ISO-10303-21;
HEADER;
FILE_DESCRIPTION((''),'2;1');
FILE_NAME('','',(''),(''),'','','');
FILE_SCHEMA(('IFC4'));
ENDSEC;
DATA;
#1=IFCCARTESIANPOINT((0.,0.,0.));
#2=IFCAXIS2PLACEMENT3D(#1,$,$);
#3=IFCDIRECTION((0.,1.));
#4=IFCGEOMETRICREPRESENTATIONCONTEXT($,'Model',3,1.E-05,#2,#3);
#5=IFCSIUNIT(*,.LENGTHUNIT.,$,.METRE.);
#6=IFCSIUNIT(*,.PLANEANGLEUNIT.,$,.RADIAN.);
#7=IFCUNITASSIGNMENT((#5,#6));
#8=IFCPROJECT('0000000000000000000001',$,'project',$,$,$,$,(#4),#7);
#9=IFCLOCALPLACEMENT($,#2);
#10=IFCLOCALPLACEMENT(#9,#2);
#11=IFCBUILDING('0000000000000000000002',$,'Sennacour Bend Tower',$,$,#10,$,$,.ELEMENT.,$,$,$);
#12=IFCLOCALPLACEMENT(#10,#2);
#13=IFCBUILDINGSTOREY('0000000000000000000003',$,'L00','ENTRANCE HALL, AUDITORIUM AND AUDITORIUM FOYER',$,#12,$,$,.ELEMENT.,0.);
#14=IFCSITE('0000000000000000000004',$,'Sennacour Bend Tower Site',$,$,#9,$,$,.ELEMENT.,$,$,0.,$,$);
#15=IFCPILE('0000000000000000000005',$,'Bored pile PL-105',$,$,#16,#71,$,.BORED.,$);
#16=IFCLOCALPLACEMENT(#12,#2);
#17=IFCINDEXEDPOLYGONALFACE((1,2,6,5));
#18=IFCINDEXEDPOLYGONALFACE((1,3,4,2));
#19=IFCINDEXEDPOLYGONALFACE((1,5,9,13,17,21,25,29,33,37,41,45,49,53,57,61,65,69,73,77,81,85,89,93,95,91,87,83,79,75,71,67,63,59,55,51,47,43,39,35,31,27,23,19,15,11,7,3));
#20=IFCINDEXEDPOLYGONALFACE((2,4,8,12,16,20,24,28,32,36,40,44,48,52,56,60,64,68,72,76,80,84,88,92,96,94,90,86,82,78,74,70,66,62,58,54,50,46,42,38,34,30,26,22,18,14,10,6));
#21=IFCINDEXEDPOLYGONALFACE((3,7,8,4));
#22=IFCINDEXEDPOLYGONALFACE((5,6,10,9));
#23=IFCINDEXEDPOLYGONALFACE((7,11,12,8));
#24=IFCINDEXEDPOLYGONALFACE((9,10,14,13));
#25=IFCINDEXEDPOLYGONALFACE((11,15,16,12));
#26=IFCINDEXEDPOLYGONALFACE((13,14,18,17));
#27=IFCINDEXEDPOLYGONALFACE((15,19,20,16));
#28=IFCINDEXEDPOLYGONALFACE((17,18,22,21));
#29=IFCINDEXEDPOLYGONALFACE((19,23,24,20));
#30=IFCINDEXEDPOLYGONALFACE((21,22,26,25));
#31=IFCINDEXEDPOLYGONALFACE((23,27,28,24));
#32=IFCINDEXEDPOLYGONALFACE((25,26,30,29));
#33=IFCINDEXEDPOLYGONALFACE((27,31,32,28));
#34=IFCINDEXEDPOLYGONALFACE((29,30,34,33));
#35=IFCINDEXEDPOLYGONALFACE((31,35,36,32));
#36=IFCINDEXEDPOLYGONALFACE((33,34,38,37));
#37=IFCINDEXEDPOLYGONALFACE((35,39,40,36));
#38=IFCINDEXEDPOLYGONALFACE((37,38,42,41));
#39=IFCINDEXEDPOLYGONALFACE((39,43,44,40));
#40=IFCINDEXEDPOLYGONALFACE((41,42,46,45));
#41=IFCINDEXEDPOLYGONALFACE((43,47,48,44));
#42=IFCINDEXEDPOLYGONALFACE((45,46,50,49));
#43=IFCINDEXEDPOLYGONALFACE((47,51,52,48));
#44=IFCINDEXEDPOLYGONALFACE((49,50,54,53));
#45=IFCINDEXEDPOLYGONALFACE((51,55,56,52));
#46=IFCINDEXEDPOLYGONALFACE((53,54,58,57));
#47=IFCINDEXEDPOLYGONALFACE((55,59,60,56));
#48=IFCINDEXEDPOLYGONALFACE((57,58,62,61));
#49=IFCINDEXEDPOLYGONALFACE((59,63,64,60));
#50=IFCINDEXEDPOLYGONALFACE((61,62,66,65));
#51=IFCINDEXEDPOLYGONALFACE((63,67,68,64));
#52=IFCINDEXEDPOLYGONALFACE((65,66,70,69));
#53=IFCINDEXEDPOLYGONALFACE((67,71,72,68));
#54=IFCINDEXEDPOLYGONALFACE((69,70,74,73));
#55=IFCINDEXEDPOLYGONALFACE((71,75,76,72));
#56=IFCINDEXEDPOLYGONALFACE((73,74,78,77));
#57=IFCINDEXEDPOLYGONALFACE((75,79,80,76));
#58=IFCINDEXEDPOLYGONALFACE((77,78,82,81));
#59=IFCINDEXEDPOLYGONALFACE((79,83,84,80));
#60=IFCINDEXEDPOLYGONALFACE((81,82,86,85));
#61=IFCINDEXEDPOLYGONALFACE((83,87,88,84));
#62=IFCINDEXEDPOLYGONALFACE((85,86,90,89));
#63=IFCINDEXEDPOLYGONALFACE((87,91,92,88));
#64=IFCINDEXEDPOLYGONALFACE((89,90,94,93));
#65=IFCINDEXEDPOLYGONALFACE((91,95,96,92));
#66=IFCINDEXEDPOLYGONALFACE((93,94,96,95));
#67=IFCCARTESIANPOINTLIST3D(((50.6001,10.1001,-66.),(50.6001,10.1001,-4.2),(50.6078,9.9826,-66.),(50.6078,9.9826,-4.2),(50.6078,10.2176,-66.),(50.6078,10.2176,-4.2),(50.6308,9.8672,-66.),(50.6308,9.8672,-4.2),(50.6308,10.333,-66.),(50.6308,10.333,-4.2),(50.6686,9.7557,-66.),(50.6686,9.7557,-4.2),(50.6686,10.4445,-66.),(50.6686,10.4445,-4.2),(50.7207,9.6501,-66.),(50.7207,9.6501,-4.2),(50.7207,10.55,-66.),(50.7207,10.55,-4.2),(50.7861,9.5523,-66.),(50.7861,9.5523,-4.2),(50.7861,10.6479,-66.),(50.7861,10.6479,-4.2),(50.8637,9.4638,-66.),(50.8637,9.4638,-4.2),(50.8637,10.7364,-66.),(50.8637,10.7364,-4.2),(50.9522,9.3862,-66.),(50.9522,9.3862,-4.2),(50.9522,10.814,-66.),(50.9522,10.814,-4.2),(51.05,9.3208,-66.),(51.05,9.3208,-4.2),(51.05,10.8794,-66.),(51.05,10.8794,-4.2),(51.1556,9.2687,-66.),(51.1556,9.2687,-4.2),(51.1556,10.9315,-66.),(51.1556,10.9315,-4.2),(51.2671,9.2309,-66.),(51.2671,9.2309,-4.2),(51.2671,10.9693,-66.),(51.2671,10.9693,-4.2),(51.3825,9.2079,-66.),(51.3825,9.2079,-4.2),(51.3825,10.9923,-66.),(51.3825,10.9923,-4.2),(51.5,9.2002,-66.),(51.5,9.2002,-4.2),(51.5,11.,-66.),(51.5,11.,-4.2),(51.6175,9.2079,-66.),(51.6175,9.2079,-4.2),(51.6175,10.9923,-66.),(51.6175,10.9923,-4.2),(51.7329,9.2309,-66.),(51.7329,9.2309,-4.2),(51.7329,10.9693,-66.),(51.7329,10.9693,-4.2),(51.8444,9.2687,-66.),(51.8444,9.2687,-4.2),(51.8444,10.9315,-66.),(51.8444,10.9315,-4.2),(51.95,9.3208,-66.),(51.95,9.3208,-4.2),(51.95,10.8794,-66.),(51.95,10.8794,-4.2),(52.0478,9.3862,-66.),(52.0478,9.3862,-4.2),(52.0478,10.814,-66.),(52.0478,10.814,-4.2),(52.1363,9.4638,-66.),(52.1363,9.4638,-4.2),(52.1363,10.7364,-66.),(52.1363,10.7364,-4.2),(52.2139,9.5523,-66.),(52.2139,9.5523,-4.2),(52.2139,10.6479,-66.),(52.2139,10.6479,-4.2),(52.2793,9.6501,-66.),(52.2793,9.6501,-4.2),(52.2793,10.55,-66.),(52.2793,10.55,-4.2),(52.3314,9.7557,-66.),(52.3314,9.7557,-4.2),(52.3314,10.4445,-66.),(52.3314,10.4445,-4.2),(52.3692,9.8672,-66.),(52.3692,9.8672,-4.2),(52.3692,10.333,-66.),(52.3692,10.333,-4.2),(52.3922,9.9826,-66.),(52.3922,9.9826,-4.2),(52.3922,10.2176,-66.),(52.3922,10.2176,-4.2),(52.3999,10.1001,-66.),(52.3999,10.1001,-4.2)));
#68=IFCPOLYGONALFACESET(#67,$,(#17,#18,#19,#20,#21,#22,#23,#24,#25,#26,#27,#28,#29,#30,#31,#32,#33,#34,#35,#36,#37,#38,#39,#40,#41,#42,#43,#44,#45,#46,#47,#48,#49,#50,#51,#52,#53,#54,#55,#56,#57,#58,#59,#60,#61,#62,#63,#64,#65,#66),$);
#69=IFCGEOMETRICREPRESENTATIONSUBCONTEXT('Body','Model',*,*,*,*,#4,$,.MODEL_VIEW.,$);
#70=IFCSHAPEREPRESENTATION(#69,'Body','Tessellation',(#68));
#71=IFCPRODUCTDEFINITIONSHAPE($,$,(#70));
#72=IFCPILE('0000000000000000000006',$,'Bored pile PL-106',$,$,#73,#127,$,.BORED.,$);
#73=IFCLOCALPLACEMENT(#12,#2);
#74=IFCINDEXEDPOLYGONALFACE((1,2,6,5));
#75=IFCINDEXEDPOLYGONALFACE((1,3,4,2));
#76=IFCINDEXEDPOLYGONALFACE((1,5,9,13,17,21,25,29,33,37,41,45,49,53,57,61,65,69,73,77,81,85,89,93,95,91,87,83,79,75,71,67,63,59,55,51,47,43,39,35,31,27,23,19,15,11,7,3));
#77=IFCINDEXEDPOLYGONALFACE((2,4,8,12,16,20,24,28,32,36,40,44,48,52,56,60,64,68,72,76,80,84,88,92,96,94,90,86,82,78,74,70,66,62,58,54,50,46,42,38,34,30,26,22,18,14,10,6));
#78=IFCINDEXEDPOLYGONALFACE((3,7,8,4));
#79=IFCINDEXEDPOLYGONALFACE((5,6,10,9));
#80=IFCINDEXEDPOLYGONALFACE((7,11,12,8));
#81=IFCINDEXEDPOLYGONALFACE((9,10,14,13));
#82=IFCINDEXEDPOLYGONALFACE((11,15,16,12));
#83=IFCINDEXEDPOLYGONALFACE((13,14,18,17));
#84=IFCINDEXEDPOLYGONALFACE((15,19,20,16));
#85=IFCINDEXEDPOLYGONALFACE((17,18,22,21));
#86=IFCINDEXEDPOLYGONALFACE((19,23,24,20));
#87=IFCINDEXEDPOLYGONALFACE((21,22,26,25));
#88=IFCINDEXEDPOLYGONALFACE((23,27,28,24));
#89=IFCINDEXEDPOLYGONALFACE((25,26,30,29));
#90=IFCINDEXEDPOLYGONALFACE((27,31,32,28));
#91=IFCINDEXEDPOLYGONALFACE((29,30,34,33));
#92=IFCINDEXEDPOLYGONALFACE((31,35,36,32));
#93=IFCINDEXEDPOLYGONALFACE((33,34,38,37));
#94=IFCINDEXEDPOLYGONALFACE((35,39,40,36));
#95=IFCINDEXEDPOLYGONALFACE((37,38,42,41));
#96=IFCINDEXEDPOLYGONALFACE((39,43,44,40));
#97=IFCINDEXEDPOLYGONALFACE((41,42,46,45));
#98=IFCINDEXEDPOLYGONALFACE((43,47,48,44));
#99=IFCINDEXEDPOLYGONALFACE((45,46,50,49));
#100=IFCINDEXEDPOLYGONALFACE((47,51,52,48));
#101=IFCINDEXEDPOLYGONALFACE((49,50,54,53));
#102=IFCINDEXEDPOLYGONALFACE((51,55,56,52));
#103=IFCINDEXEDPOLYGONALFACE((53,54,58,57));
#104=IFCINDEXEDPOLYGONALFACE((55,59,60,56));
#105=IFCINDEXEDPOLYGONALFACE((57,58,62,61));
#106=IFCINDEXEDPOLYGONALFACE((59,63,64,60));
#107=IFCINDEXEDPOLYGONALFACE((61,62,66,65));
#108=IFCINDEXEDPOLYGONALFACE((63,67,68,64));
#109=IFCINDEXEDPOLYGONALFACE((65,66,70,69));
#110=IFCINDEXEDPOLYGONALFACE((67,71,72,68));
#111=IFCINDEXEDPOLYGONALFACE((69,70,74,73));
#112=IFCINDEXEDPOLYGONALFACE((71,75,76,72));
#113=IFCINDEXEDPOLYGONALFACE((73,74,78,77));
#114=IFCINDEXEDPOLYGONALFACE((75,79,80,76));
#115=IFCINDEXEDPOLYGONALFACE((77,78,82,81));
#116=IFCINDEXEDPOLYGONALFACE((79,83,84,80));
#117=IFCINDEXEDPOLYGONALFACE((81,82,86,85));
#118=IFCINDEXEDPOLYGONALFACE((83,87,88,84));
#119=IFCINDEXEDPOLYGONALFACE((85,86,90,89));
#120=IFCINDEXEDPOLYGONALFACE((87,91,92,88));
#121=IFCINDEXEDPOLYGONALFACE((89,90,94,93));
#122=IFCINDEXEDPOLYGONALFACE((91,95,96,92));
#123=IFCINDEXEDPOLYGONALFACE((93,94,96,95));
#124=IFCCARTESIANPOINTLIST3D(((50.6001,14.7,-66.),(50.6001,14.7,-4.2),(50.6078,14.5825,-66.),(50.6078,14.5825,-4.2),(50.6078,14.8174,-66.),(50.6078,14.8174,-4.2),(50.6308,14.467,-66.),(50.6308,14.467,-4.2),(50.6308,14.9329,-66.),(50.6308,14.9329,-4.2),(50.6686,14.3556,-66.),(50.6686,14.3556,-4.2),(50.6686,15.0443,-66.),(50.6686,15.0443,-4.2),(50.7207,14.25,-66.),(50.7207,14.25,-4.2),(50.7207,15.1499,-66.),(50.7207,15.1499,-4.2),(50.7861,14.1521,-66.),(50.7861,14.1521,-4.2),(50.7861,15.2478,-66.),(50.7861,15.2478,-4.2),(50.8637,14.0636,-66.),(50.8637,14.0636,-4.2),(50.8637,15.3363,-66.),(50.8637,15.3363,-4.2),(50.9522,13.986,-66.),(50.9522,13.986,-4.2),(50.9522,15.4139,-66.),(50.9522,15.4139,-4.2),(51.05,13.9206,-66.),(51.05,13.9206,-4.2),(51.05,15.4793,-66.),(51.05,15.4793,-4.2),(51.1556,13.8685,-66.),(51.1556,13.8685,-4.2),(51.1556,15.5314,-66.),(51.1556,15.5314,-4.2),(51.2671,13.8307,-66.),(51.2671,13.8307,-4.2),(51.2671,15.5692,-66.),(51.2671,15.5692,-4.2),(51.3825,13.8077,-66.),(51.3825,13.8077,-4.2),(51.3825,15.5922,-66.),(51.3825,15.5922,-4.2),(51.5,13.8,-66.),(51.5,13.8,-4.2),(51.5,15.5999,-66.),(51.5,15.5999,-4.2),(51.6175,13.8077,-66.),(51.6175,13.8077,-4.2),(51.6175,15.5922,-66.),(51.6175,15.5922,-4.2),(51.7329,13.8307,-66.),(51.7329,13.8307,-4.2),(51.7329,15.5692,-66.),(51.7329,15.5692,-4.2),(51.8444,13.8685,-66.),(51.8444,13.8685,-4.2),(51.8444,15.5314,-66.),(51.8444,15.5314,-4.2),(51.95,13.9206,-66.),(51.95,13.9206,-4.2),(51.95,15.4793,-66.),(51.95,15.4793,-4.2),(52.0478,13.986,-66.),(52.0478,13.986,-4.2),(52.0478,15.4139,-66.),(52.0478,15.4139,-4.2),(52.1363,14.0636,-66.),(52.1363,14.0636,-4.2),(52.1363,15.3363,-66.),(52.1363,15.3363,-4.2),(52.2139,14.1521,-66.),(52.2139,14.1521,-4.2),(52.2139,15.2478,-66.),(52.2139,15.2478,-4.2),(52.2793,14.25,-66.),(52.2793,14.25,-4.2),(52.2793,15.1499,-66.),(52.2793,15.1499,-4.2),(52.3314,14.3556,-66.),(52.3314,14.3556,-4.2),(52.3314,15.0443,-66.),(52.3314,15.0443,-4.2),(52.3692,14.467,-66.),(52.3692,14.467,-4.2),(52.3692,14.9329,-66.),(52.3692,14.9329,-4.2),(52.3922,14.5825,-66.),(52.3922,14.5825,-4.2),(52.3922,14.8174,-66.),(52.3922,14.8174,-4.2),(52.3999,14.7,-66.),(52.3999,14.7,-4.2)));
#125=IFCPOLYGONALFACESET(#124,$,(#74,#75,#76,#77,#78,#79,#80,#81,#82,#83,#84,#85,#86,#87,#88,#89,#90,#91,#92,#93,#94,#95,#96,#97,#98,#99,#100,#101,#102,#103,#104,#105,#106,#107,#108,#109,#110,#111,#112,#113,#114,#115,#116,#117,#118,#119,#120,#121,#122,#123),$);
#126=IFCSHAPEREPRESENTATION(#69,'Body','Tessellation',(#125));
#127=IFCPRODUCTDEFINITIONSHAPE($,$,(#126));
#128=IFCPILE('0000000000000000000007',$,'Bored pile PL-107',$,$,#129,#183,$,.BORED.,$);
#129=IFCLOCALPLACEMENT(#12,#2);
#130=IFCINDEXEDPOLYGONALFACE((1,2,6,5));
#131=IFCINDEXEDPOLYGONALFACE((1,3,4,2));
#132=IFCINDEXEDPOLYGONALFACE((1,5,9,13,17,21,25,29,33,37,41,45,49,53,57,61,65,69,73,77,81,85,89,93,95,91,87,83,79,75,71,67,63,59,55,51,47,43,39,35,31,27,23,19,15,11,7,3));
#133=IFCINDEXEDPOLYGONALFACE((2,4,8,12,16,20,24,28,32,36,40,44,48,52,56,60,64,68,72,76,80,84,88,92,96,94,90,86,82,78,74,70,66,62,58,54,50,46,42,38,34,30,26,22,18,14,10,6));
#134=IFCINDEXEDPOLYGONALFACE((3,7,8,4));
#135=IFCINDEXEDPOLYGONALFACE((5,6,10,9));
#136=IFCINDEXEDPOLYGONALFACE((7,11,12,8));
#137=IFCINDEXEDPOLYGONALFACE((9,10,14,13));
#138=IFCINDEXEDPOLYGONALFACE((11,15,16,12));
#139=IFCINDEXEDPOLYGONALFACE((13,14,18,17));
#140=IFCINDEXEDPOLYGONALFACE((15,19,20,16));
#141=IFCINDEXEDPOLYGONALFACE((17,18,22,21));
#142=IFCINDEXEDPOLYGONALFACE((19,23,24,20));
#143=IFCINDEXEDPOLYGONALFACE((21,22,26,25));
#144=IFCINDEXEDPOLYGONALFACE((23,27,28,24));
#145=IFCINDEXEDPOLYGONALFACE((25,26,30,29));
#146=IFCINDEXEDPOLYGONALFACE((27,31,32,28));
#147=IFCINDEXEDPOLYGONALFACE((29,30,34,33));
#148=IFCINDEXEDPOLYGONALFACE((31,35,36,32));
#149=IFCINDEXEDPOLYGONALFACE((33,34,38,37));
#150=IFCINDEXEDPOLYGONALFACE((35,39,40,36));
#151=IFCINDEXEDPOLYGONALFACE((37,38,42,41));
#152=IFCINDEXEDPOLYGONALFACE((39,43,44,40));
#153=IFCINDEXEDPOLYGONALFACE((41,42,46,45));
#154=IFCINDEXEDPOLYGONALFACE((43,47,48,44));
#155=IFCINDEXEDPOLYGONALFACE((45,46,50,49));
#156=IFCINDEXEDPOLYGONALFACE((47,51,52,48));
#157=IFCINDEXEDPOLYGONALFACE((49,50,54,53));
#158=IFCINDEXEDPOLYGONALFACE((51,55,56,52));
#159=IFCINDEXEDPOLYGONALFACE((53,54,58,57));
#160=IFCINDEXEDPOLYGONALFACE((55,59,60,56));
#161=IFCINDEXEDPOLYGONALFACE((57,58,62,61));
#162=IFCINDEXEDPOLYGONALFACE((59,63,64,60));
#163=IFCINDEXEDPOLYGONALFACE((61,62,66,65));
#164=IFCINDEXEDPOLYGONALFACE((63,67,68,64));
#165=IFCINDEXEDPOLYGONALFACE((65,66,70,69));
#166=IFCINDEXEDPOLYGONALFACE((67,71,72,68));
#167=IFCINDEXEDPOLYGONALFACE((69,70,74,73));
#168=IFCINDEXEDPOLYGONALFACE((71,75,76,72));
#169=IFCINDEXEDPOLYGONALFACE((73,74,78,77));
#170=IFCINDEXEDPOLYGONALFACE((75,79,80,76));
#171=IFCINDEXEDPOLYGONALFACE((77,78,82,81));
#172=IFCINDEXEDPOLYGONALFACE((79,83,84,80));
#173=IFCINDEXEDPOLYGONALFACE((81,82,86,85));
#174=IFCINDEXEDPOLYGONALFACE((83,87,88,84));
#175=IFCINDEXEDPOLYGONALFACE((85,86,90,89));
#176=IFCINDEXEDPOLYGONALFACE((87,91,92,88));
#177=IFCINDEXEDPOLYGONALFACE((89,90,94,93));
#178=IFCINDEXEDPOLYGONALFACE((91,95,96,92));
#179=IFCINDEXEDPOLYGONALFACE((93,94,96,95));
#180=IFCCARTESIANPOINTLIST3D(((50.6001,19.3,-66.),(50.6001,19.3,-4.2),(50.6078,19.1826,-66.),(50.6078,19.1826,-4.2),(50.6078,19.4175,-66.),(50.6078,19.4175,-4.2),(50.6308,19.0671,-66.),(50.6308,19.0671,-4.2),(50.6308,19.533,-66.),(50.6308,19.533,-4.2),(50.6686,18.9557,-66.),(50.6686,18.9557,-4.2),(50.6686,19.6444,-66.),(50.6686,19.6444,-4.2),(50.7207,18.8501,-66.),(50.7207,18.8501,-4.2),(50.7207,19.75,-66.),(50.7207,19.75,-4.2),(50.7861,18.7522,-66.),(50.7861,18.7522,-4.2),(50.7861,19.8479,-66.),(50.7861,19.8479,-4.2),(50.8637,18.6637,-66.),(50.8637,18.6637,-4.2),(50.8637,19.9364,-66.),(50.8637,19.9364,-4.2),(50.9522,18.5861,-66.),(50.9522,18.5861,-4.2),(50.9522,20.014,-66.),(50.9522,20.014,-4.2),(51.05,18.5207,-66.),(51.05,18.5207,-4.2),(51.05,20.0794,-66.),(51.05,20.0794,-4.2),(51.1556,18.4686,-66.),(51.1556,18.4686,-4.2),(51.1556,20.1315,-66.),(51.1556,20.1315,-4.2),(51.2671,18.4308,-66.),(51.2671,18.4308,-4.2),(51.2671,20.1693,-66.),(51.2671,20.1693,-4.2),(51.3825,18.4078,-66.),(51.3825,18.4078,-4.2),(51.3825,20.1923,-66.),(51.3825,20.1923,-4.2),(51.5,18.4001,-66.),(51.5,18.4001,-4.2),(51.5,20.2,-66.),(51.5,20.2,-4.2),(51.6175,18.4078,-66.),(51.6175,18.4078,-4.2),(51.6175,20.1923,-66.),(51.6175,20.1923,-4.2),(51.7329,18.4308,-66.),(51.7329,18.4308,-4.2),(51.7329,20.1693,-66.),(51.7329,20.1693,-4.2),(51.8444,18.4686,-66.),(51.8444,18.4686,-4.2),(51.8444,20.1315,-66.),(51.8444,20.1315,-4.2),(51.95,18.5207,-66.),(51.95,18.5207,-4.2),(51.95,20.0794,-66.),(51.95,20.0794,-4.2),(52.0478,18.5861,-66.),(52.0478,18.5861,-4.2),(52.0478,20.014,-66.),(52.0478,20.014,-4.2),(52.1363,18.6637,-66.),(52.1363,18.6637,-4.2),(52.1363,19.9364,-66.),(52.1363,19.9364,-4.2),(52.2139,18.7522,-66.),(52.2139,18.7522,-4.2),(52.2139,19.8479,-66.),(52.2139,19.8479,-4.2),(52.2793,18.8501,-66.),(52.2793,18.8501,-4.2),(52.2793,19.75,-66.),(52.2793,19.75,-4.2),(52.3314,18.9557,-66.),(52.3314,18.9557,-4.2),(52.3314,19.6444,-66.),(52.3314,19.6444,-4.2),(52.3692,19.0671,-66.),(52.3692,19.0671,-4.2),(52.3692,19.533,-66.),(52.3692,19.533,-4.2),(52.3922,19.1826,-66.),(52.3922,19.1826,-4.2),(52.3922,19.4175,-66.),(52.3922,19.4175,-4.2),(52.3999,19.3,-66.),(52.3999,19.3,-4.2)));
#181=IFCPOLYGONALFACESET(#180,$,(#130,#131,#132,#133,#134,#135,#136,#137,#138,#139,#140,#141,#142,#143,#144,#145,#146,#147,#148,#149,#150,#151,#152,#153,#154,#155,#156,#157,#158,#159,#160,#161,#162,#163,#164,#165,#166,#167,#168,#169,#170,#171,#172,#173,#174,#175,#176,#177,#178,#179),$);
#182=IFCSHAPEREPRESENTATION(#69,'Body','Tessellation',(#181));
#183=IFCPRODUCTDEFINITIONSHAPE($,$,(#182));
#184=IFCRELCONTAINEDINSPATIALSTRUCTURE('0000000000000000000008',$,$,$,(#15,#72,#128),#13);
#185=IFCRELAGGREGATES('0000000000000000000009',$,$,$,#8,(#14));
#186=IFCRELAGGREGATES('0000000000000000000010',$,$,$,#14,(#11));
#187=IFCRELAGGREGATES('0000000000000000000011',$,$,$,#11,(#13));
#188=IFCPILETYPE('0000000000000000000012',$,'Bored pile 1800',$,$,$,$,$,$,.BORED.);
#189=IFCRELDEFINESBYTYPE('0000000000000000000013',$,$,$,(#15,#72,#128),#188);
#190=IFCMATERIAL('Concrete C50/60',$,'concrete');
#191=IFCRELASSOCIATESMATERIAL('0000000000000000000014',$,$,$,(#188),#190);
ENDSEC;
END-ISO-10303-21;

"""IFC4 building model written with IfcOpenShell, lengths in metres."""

from ifc_helpers import new_model, si_unit, direction, frame, origin, origin_2d, place, context, subcontext, project, spatial, circle, extrude, material, material_profile, profile_set, type_object, element, save


model = new_model("IFC4")

# Units and contexts
model_context = context("Model", 3, precision=1e-05, world=origin(), true_north=direction((0.0, 1.0)))
body_context = subcontext(model_context, "Body", "Model", "MODEL_VIEW")
ifc_project = project(units=[si_unit("LENGTHUNIT", "METRE"), si_unit("PLANEANGLEUNIT", "RADIAN")], contexts=[model_context])

# Site, building, storey
site_placement = place(None, origin())
site = spatial("IfcSite", under=ifc_project, at=site_placement, Name="Sennacour Bend Tower Site", CompositionType="ELEMENT", RefElevation=0.0)
building_placement = place(site_placement, origin())
building = spatial("IfcBuilding", under=site, at=building_placement, Name="Sennacour Bend Tower", CompositionType="ELEMENT")
storey_placement = place(building_placement, origin())
storey = spatial("IfcBuildingStorey", under=building, at=storey_placement, Name="L00", Description="ENTRANCE HALL, AUDITORIUM AND AUDITORIUM FOYER", CompositionType="ELEMENT", Elevation=0.0)

# Piles
ifc_material_1 = material(Name="Concrete C50/60", Category="concrete")
ifc_material_profile_1 = material_profile(ifc_material_1, circle(Radius=0.8999, at=origin_2d()), Name="Concrete C50/60", Category="concrete")
ifc_profile_set_1 = profile_set([ifc_material_profile_1], Name="Concrete C50/60")
pile_type = type_object("IfcPileType", Name="Bored pile 1800", PredefinedType="BORED", material=ifc_profile_set_1)
for number, where, z_axis, x_axis, name in (
    (1, (51.5, 10.1001, -4.2), (0.0, 0.0, -1.0), (1.0, 0.0, 0.0), "Bored pile PL-105"),
    (2, (51.5, 14.7, -4.2), (0.0, 0.0, -1.0), (1.0, 0.0, 0.0), "Bored pile PL-106"),
    (3, (51.5, 19.3, -4.2), (0.0, 0.0, -1.0), (1.0, 0.0, 0.0), "Bored pile PL-107"),
):
    element("IfcPile", number, at=place(storey_placement, frame(where, z_axis=z_axis, x_axis=x_axis)), inside=storey, type_object=pile_type, Name=name, PredefinedType="BORED", context=body_context, shape_type="SweptSolid", body=[
        extrude(circle(Radius=0.8999, at=origin_2d()), origin(), (0.0, 0.0, 1.0), 61.8),
    ])

save(model, "model.ifc")
